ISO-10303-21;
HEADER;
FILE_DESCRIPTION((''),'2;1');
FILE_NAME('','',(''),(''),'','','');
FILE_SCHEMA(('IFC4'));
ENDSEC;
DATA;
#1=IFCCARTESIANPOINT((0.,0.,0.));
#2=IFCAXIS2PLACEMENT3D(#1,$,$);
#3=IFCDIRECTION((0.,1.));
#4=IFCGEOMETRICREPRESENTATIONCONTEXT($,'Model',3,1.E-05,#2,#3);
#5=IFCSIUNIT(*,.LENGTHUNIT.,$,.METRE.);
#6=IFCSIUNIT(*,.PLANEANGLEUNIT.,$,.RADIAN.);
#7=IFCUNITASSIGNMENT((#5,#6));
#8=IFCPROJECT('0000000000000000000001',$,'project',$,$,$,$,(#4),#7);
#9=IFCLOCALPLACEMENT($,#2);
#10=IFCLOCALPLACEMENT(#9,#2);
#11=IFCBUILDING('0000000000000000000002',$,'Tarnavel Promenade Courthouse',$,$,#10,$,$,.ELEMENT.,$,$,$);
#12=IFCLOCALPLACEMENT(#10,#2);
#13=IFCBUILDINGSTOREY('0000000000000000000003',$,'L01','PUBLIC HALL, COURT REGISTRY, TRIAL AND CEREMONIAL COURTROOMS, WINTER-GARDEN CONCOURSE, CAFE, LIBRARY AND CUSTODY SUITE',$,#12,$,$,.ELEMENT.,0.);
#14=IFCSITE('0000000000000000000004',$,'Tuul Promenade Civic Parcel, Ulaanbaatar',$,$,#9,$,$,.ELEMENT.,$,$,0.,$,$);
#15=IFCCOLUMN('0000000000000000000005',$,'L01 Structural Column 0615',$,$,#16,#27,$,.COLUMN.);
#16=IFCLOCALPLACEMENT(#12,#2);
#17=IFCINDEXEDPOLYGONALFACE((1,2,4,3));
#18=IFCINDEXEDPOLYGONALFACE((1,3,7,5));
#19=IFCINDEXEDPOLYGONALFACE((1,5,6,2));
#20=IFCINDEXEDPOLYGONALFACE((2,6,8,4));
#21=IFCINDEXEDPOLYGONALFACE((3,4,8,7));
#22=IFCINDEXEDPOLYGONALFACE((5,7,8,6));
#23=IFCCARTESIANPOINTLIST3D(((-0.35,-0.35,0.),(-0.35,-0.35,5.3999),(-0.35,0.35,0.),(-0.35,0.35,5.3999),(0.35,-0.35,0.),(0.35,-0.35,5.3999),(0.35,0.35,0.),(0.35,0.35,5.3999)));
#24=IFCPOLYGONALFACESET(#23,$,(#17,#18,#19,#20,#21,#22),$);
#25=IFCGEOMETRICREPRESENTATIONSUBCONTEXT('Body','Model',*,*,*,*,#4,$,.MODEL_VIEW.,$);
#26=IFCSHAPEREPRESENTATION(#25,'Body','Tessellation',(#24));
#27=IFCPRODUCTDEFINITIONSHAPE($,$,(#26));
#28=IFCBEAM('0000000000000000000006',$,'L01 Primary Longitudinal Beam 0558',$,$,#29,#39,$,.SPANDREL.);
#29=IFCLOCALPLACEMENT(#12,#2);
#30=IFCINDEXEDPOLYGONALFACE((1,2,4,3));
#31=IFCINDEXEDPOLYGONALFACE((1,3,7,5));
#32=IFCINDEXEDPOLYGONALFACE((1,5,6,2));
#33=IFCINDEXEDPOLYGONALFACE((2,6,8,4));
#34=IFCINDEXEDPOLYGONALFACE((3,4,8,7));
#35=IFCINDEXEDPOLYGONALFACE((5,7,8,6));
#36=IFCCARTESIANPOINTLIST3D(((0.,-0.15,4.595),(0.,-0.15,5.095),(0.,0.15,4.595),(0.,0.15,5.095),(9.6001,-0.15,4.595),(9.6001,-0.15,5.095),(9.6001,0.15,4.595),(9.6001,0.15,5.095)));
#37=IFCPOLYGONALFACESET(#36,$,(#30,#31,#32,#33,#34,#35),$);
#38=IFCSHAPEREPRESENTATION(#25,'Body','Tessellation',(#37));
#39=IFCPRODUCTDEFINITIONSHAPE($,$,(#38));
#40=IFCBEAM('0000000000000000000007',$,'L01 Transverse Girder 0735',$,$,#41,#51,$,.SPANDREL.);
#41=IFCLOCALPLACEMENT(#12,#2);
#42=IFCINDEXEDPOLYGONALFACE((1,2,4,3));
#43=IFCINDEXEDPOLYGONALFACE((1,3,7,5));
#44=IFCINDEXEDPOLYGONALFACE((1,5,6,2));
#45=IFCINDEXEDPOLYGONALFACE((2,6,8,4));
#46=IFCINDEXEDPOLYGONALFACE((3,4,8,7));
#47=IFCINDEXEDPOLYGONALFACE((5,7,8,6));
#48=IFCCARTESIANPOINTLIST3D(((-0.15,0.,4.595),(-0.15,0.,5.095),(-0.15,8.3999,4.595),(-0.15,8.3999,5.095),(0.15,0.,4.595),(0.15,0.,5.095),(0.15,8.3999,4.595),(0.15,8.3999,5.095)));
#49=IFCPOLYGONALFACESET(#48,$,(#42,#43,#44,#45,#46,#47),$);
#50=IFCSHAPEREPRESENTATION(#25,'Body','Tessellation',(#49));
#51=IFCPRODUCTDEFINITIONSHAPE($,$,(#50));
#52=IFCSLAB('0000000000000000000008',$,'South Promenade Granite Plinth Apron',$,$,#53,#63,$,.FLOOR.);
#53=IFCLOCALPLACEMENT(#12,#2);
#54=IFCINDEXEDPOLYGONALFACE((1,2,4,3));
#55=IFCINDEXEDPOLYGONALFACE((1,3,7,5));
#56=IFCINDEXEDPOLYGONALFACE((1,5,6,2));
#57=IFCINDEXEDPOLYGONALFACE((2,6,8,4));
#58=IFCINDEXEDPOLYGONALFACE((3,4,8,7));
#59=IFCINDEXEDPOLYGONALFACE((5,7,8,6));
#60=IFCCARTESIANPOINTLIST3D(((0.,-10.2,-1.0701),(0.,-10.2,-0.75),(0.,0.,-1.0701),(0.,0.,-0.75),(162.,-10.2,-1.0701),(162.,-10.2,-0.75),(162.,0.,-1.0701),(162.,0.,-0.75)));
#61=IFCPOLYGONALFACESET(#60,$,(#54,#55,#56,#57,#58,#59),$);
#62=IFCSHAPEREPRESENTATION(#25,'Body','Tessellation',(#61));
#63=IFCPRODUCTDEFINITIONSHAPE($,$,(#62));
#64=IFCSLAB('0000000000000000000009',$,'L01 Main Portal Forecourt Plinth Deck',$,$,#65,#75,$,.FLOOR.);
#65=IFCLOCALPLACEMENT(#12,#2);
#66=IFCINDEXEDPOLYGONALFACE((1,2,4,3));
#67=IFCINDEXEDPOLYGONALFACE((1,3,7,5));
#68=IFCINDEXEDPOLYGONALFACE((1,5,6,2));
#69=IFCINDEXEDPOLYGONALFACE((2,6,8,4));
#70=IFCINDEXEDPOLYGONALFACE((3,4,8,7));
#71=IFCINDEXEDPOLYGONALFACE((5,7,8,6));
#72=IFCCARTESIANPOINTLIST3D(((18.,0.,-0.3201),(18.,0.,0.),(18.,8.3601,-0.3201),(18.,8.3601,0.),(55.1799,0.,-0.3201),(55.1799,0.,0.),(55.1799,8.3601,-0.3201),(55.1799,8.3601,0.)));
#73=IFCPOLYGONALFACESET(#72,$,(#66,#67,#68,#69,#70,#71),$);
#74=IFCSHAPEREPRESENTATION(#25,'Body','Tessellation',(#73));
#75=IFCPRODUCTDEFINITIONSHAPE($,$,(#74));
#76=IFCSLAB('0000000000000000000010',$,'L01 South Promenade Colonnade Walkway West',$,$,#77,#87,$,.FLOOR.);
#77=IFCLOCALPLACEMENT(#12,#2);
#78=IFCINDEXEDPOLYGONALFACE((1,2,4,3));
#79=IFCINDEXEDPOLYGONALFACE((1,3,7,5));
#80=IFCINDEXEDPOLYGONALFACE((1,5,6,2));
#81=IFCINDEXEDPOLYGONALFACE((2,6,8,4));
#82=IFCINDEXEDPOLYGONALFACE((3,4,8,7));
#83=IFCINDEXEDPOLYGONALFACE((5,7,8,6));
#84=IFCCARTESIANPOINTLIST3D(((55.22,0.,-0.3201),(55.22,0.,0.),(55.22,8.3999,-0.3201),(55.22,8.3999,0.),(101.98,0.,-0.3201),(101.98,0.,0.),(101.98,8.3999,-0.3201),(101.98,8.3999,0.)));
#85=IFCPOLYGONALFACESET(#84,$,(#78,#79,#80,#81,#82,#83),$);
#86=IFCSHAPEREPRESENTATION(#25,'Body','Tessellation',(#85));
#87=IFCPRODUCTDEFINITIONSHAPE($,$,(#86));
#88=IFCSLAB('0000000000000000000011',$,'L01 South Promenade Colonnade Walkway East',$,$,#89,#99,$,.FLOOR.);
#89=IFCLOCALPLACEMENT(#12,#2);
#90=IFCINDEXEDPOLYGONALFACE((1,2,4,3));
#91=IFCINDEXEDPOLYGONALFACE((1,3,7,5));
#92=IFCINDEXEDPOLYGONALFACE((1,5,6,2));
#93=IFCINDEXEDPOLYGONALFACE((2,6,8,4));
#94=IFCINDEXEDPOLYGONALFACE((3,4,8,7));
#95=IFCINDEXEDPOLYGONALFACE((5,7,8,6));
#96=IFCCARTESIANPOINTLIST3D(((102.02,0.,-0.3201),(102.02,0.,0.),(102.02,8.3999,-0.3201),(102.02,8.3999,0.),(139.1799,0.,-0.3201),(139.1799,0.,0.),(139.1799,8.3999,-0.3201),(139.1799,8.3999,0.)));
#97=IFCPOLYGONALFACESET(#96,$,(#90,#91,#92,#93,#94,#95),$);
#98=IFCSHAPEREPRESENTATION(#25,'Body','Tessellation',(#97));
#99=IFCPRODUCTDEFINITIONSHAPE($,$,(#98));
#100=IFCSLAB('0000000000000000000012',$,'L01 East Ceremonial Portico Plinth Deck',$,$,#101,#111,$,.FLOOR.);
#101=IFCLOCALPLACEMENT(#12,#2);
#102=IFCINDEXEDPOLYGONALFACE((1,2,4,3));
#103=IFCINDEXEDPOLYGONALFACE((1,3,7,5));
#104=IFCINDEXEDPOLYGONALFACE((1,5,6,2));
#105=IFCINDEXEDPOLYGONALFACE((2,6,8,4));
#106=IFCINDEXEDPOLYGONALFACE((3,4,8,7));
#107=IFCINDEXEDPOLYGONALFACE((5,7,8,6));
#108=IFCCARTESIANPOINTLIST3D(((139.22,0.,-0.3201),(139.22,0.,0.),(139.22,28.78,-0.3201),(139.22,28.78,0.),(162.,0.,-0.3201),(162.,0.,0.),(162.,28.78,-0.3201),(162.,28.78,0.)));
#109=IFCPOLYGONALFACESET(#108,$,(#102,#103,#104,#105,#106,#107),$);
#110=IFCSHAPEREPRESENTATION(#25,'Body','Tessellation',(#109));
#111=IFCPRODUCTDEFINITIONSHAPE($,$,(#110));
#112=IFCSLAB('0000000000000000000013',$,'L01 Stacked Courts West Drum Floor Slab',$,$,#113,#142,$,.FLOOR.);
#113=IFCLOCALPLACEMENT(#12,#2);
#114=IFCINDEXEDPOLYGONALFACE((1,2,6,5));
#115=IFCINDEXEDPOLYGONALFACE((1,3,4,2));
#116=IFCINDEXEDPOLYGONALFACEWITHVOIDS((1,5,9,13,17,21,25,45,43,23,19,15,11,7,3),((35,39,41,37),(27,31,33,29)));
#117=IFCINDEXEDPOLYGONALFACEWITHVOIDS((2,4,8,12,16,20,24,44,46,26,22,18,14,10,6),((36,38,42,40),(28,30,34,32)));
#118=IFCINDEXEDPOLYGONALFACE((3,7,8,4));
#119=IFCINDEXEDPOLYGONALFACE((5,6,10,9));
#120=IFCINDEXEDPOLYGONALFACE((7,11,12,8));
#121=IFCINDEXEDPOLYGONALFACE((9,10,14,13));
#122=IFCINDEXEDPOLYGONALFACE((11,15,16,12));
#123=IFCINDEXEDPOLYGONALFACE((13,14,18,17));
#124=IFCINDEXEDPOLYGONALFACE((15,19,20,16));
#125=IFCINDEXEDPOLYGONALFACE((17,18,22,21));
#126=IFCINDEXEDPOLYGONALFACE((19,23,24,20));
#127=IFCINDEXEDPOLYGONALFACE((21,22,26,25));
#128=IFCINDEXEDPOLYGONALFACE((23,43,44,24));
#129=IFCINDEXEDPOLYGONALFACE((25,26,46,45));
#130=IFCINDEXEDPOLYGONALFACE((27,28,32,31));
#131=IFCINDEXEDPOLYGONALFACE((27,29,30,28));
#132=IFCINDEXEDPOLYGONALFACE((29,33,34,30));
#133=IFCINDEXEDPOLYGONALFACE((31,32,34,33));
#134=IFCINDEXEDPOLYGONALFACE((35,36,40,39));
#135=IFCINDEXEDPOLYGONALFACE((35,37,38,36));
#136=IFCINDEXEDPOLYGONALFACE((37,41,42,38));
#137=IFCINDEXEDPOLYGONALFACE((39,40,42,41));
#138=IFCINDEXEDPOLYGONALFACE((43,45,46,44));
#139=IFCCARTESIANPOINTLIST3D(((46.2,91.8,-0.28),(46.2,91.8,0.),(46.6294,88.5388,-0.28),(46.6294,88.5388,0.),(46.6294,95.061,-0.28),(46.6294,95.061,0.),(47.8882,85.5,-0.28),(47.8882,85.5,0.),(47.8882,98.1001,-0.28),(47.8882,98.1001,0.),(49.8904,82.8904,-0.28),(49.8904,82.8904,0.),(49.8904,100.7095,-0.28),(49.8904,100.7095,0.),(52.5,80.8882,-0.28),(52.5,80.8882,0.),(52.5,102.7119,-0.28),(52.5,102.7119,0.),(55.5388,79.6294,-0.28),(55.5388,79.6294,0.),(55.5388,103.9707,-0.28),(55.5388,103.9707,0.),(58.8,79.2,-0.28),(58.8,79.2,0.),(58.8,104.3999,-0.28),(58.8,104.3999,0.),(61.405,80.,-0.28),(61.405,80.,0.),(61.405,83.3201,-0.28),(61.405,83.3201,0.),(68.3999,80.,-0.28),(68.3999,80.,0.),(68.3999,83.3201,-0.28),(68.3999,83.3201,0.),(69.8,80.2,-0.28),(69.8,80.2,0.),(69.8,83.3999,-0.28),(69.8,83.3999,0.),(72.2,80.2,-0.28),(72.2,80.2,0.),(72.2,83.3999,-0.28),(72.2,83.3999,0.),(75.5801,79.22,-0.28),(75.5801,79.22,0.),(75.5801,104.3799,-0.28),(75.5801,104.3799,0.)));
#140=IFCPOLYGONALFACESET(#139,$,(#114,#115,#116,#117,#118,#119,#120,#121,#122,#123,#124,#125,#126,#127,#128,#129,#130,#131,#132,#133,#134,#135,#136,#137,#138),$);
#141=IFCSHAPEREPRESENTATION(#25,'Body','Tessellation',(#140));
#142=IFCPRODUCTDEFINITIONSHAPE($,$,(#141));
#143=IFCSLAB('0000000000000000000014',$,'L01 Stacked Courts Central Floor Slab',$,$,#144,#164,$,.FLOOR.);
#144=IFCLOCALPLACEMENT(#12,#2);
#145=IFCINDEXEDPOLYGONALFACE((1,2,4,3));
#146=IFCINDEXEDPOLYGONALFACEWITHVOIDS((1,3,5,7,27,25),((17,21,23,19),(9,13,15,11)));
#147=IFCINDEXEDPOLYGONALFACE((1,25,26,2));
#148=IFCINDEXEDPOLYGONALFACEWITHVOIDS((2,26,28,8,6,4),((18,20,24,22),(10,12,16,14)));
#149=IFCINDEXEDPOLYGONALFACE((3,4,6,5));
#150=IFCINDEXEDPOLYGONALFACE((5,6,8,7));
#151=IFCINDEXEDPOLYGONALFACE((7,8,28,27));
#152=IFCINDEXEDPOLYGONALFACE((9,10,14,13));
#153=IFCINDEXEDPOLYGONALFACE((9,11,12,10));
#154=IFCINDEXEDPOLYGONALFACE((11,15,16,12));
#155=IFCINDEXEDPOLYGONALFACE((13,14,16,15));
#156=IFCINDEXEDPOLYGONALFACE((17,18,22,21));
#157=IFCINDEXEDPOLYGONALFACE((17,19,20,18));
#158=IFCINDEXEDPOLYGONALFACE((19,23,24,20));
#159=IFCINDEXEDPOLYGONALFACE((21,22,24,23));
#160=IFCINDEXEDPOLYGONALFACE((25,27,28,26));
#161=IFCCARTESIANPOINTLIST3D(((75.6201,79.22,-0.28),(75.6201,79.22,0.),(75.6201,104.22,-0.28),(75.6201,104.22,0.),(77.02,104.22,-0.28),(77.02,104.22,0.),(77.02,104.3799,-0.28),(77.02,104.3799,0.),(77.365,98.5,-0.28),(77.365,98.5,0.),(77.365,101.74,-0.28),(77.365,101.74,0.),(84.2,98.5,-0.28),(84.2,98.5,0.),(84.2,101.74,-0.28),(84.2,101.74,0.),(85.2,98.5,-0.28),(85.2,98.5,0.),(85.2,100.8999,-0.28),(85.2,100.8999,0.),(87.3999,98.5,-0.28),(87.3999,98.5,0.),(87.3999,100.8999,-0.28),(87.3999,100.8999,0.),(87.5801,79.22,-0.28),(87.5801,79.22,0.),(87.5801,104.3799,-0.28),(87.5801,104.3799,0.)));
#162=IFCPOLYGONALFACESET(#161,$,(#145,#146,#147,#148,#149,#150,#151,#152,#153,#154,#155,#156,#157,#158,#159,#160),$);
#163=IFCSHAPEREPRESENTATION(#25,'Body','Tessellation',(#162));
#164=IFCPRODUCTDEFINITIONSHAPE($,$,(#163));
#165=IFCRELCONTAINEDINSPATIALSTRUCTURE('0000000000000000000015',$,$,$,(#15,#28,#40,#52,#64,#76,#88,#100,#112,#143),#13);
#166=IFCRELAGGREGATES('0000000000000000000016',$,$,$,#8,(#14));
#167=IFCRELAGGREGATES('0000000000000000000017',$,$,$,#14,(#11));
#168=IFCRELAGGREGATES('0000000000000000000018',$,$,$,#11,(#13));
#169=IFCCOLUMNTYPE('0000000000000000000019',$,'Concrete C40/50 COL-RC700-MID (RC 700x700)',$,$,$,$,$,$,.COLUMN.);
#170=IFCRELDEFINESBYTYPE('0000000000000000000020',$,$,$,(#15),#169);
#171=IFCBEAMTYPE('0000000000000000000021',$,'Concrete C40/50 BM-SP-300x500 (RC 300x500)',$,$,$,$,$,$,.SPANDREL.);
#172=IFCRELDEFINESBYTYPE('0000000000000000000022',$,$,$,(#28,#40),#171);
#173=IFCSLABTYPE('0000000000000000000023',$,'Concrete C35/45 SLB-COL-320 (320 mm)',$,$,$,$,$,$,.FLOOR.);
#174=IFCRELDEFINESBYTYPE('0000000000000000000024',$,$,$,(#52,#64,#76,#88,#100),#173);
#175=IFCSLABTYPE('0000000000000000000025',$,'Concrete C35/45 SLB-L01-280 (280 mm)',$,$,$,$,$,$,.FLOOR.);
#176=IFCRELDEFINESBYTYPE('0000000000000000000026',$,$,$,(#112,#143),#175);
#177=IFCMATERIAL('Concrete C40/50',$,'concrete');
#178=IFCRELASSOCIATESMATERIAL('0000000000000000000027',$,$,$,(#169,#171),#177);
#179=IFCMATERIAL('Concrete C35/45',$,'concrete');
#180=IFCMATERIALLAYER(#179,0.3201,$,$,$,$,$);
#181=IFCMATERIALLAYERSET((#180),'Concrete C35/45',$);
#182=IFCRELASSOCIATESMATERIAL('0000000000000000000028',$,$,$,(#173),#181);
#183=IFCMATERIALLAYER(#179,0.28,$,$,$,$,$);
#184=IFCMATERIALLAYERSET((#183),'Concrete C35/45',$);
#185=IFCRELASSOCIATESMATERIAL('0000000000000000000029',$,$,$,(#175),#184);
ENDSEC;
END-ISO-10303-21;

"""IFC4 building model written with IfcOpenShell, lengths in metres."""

from ifc_helpers import new_model, si_unit, direction, frame, origin, origin_with_axes, origin_2d, place, context, subcontext, project, spatial, polyline, rectangle, outline, extrude, material, layer, layer_set, material_profile, profile_set, type_object, element, save


model = new_model("IFC4")

# Units and contexts
model_context = context("Model", 3, precision=1e-05, world=origin(), true_north=direction((0.0, 1.0)))
body_context = subcontext(model_context, "Body", "Model", "MODEL_VIEW")
ifc_project = project(units=[si_unit("LENGTHUNIT", "METRE"), si_unit("PLANEANGLEUNIT", "RADIAN")], contexts=[model_context])

# Site, building, storey
site_placement = place(None, origin())
site = spatial("IfcSite", under=ifc_project, at=site_placement, Name="Tuul Promenade Civic Parcel, Ulaanbaatar", CompositionType="ELEMENT", RefElevation=0.0)
building_placement = place(site_placement, origin())
building = spatial("IfcBuilding", under=site, at=building_placement, Name="Tarnavel Promenade Courthouse", CompositionType="ELEMENT")
storey_placement = place(building_placement, origin())
storey = spatial("IfcBuildingStorey", under=building, at=storey_placement, Name="L01", Description="PUBLIC HALL, COURT REGISTRY, TRIAL AND CEREMONIAL COURTROOMS, WINTER-GARDEN CONCOURSE, CAFE, LIBRARY AND CUSTODY SUITE", CompositionType="ELEMENT", Elevation=0.0)

# Column
ifc_material_1 = material(Name="Concrete C40/50", Category="concrete")
ifc_material_profile_1 = material_profile(ifc_material_1, rectangle(XDim=0.7, YDim=0.7, at=origin_2d()), Name="RC 700x700")
ifc_profile_set_1 = profile_set([ifc_material_profile_1], Name="Concrete C40/50")
column_type = type_object("IfcColumnType", Name="Concrete C40/50 COL-RC700-MID (RC 700x700)", PredefinedType="COLUMN", material=ifc_profile_set_1)
column_placement = place(storey_placement, origin_with_axes())
element("IfcColumn", 1, at=column_placement, inside=storey, type_object=column_type, Name="L01 Structural Column 0615", PredefinedType="COLUMN", context=body_context, shape_type="SweptSolid", body=[
    extrude(rectangle(XDim=0.7, YDim=0.7, at=origin_2d()), origin(), (0.0, 0.0, 1.0), 5.3999),
])

# Beams
ifc_material_profile_2 = material_profile(ifc_material_1, rectangle(XDim=0.3, YDim=0.5, at=origin_2d()), Name="RC 300x500")
ifc_profile_set_2 = profile_set([ifc_material_profile_2], Name="Concrete C40/50")
beam_type = type_object("IfcBeamType", Name="Concrete C40/50 BM-SP-300x500 (RC 300x500)", PredefinedType="SPANDREL", material=ifc_profile_set_2)
beam_1_placement = place(storey_placement, frame((0.0, 0.0, 4.845), z_axis=(1.0, 0.0, 0.0), x_axis=(0.0, 1.0, 0.0)))
element("IfcBeam", 2, at=beam_1_placement, inside=storey, type_object=beam_type, Name="L01 Primary Longitudinal Beam 0558", PredefinedType="SPANDREL", context=body_context, shape_type="SweptSolid", body=[
    extrude(rectangle(XDim=0.3, YDim=0.5, at=origin_2d()), origin(), (0.0, 0.0, 1.0), 9.6001),
])
beam_2_placement = place(storey_placement, frame((0.0, 0.0, 4.845), z_axis=(0.0, 1.0, 0.0), x_axis=(-1.0, 0.0, 0.0)))
element("IfcBeam", 3, at=beam_2_placement, inside=storey, type_object=beam_type, Name="L01 Transverse Girder 0735", PredefinedType="SPANDREL", context=body_context, shape_type="SweptSolid", body=[
    extrude(rectangle(XDim=0.3, YDim=0.5, at=origin_2d()), origin(), (0.0, 0.0, 1.0), 8.3999),
])

# Slabs
ifc_material_2 = material(Name="Concrete C35/45", Category="concrete")
ifc_layer_1 = layer(ifc_material_2, 0.3201)
ifc_layer_set_1 = layer_set([ifc_layer_1], Name="Concrete C35/45")
slab_type_1 = type_object("IfcSlabType", Name="Concrete C35/45 SLB-COL-320 (320 mm)", PredefinedType="FLOOR", material=ifc_layer_set_1)
slab_1_placement = place(storey_placement, frame((0.0, 0.0, -1.0701)))
element("IfcSlab", 4, at=slab_1_placement, inside=storey, type_object=slab_type_1, Name="South Promenade Granite Plinth Apron", PredefinedType="FLOOR", context=body_context, shape_type="SweptSolid", body=[
    extrude(outline(polyline([(0.0, -10.2), (162.0, -10.2), (162.0, 0.0), (0.0, 0.0), (0.0, -10.2)])), origin(), (0.0, 0.0, 1.0), 0.3201),
])
slab_2_placement = place(storey_placement, frame((0.0, 0.0, -0.3201)))
element("IfcSlab", 5, at=slab_2_placement, inside=storey, type_object=slab_type_1, Name="L01 Main Portal Forecourt Plinth Deck", PredefinedType="FLOOR", context=body_context, shape_type="SweptSolid", body=[
    extrude(outline(polyline([(18.0, 0.0), (55.1799, 0.0), (55.1799, 8.3601), (18.0, 8.3601), (18.0, 0.0)])), origin(), (0.0, 0.0, 1.0), 0.3201),
])
slab_3_placement = place(storey_placement, frame((0.0, 0.0, -0.3201)))
element("IfcSlab", 6, at=slab_3_placement, inside=storey, type_object=slab_type_1, Name="L01 South Promenade Colonnade Walkway West", PredefinedType="FLOOR", context=body_context, shape_type="SweptSolid", body=[
    extrude(outline(polyline([(55.22, 0.0), (101.98, 0.0), (101.98, 8.3999), (55.22, 8.3999), (55.22, 0.0)])), origin(), (0.0, 0.0, 1.0), 0.3201),
])
slab_4_placement = place(storey_placement, frame((0.0, 0.0, -0.3201)))
element("IfcSlab", 7, at=slab_4_placement, inside=storey, type_object=slab_type_1, Name="L01 South Promenade Colonnade Walkway East", PredefinedType="FLOOR", context=body_context, shape_type="SweptSolid", body=[
    extrude(outline(polyline([(102.02, 0.0), (139.1799, 0.0), (139.1799, 8.3999), (102.02, 8.3999), (102.02, 0.0)])), origin(), (0.0, 0.0, 1.0), 0.3201),
])
slab_5_placement = place(storey_placement, frame((0.0, 0.0, -0.3201)))
element("IfcSlab", 8, at=slab_5_placement, inside=storey, type_object=slab_type_1, Name="L01 East Ceremonial Portico Plinth Deck", PredefinedType="FLOOR", context=body_context, shape_type="SweptSolid", body=[
    extrude(outline(polyline([(139.22, 0.0), (162.0, 0.0), (162.0, 28.78), (139.22, 28.78), (139.22, 0.0)])), origin(), (0.0, 0.0, 1.0), 0.3201),
])
ifc_layer_2 = layer(ifc_material_2, 0.28)
ifc_layer_set_2 = layer_set([ifc_layer_2], Name="Concrete C35/45")
slab_type_2 = type_object("IfcSlabType", Name="Concrete C35/45 SLB-L01-280 (280 mm)", PredefinedType="FLOOR", material=ifc_layer_set_2)
slab_6_placement = place(storey_placement, frame((0.0, 0.0, -0.28)))
element("IfcSlab", 9, at=slab_6_placement, inside=storey, type_object=slab_type_2, Name="L01 Stacked Courts West Drum Floor Slab", PredefinedType="FLOOR", context=body_context, shape_type="SweptSolid", body=[
    extrude(outline(polyline([(75.5801, 79.22), (75.5801, 104.3799), (58.8, 104.3999), (55.5388, 103.9707), (52.5, 102.7119), (49.8904, 100.7095), (47.8882, 98.1001), (46.6294, 95.061), (46.2, 91.8), (46.6294, 88.5388), (47.8882, 85.5), (49.8904, 82.8904), (52.5, 80.8882), (55.5388, 79.6294), (58.8, 79.2), (75.5801, 79.22)]), holes=[polyline([(61.405, 80.0), (68.3999, 80.0), (68.3999, 83.3201), (61.405, 83.3201), (61.405, 80.0)]), polyline([(69.8, 80.2), (72.2, 80.2), (72.2, 83.3999), (69.8, 83.3999), (69.8, 80.2)])]), origin(), (0.0, 0.0, 1.0), 0.28),
])
slab_7_placement = place(storey_placement, frame((0.0, 0.0, -0.28)))
element("IfcSlab", 10, at=slab_7_placement, inside=storey, type_object=slab_type_2, Name="L01 Stacked Courts Central Floor Slab", PredefinedType="FLOOR", context=body_context, shape_type="SweptSolid", body=[
    extrude(outline(polyline([(75.6201, 79.22), (87.5801, 79.22), (87.5801, 104.3799), (77.02, 104.3799), (77.02, 104.22), (75.6201, 104.22), (75.6201, 79.22)]), holes=[polyline([(77.365, 98.5), (84.2, 98.5), (84.2, 101.74), (77.365, 101.74), (77.365, 98.5)]), polyline([(85.2, 98.5), (87.3999, 98.5), (87.3999, 100.8999), (85.2, 100.8999), (85.2, 98.5)])]), origin(), (0.0, 0.0, 1.0), 0.28),
])

save(model, "model.ifc")
